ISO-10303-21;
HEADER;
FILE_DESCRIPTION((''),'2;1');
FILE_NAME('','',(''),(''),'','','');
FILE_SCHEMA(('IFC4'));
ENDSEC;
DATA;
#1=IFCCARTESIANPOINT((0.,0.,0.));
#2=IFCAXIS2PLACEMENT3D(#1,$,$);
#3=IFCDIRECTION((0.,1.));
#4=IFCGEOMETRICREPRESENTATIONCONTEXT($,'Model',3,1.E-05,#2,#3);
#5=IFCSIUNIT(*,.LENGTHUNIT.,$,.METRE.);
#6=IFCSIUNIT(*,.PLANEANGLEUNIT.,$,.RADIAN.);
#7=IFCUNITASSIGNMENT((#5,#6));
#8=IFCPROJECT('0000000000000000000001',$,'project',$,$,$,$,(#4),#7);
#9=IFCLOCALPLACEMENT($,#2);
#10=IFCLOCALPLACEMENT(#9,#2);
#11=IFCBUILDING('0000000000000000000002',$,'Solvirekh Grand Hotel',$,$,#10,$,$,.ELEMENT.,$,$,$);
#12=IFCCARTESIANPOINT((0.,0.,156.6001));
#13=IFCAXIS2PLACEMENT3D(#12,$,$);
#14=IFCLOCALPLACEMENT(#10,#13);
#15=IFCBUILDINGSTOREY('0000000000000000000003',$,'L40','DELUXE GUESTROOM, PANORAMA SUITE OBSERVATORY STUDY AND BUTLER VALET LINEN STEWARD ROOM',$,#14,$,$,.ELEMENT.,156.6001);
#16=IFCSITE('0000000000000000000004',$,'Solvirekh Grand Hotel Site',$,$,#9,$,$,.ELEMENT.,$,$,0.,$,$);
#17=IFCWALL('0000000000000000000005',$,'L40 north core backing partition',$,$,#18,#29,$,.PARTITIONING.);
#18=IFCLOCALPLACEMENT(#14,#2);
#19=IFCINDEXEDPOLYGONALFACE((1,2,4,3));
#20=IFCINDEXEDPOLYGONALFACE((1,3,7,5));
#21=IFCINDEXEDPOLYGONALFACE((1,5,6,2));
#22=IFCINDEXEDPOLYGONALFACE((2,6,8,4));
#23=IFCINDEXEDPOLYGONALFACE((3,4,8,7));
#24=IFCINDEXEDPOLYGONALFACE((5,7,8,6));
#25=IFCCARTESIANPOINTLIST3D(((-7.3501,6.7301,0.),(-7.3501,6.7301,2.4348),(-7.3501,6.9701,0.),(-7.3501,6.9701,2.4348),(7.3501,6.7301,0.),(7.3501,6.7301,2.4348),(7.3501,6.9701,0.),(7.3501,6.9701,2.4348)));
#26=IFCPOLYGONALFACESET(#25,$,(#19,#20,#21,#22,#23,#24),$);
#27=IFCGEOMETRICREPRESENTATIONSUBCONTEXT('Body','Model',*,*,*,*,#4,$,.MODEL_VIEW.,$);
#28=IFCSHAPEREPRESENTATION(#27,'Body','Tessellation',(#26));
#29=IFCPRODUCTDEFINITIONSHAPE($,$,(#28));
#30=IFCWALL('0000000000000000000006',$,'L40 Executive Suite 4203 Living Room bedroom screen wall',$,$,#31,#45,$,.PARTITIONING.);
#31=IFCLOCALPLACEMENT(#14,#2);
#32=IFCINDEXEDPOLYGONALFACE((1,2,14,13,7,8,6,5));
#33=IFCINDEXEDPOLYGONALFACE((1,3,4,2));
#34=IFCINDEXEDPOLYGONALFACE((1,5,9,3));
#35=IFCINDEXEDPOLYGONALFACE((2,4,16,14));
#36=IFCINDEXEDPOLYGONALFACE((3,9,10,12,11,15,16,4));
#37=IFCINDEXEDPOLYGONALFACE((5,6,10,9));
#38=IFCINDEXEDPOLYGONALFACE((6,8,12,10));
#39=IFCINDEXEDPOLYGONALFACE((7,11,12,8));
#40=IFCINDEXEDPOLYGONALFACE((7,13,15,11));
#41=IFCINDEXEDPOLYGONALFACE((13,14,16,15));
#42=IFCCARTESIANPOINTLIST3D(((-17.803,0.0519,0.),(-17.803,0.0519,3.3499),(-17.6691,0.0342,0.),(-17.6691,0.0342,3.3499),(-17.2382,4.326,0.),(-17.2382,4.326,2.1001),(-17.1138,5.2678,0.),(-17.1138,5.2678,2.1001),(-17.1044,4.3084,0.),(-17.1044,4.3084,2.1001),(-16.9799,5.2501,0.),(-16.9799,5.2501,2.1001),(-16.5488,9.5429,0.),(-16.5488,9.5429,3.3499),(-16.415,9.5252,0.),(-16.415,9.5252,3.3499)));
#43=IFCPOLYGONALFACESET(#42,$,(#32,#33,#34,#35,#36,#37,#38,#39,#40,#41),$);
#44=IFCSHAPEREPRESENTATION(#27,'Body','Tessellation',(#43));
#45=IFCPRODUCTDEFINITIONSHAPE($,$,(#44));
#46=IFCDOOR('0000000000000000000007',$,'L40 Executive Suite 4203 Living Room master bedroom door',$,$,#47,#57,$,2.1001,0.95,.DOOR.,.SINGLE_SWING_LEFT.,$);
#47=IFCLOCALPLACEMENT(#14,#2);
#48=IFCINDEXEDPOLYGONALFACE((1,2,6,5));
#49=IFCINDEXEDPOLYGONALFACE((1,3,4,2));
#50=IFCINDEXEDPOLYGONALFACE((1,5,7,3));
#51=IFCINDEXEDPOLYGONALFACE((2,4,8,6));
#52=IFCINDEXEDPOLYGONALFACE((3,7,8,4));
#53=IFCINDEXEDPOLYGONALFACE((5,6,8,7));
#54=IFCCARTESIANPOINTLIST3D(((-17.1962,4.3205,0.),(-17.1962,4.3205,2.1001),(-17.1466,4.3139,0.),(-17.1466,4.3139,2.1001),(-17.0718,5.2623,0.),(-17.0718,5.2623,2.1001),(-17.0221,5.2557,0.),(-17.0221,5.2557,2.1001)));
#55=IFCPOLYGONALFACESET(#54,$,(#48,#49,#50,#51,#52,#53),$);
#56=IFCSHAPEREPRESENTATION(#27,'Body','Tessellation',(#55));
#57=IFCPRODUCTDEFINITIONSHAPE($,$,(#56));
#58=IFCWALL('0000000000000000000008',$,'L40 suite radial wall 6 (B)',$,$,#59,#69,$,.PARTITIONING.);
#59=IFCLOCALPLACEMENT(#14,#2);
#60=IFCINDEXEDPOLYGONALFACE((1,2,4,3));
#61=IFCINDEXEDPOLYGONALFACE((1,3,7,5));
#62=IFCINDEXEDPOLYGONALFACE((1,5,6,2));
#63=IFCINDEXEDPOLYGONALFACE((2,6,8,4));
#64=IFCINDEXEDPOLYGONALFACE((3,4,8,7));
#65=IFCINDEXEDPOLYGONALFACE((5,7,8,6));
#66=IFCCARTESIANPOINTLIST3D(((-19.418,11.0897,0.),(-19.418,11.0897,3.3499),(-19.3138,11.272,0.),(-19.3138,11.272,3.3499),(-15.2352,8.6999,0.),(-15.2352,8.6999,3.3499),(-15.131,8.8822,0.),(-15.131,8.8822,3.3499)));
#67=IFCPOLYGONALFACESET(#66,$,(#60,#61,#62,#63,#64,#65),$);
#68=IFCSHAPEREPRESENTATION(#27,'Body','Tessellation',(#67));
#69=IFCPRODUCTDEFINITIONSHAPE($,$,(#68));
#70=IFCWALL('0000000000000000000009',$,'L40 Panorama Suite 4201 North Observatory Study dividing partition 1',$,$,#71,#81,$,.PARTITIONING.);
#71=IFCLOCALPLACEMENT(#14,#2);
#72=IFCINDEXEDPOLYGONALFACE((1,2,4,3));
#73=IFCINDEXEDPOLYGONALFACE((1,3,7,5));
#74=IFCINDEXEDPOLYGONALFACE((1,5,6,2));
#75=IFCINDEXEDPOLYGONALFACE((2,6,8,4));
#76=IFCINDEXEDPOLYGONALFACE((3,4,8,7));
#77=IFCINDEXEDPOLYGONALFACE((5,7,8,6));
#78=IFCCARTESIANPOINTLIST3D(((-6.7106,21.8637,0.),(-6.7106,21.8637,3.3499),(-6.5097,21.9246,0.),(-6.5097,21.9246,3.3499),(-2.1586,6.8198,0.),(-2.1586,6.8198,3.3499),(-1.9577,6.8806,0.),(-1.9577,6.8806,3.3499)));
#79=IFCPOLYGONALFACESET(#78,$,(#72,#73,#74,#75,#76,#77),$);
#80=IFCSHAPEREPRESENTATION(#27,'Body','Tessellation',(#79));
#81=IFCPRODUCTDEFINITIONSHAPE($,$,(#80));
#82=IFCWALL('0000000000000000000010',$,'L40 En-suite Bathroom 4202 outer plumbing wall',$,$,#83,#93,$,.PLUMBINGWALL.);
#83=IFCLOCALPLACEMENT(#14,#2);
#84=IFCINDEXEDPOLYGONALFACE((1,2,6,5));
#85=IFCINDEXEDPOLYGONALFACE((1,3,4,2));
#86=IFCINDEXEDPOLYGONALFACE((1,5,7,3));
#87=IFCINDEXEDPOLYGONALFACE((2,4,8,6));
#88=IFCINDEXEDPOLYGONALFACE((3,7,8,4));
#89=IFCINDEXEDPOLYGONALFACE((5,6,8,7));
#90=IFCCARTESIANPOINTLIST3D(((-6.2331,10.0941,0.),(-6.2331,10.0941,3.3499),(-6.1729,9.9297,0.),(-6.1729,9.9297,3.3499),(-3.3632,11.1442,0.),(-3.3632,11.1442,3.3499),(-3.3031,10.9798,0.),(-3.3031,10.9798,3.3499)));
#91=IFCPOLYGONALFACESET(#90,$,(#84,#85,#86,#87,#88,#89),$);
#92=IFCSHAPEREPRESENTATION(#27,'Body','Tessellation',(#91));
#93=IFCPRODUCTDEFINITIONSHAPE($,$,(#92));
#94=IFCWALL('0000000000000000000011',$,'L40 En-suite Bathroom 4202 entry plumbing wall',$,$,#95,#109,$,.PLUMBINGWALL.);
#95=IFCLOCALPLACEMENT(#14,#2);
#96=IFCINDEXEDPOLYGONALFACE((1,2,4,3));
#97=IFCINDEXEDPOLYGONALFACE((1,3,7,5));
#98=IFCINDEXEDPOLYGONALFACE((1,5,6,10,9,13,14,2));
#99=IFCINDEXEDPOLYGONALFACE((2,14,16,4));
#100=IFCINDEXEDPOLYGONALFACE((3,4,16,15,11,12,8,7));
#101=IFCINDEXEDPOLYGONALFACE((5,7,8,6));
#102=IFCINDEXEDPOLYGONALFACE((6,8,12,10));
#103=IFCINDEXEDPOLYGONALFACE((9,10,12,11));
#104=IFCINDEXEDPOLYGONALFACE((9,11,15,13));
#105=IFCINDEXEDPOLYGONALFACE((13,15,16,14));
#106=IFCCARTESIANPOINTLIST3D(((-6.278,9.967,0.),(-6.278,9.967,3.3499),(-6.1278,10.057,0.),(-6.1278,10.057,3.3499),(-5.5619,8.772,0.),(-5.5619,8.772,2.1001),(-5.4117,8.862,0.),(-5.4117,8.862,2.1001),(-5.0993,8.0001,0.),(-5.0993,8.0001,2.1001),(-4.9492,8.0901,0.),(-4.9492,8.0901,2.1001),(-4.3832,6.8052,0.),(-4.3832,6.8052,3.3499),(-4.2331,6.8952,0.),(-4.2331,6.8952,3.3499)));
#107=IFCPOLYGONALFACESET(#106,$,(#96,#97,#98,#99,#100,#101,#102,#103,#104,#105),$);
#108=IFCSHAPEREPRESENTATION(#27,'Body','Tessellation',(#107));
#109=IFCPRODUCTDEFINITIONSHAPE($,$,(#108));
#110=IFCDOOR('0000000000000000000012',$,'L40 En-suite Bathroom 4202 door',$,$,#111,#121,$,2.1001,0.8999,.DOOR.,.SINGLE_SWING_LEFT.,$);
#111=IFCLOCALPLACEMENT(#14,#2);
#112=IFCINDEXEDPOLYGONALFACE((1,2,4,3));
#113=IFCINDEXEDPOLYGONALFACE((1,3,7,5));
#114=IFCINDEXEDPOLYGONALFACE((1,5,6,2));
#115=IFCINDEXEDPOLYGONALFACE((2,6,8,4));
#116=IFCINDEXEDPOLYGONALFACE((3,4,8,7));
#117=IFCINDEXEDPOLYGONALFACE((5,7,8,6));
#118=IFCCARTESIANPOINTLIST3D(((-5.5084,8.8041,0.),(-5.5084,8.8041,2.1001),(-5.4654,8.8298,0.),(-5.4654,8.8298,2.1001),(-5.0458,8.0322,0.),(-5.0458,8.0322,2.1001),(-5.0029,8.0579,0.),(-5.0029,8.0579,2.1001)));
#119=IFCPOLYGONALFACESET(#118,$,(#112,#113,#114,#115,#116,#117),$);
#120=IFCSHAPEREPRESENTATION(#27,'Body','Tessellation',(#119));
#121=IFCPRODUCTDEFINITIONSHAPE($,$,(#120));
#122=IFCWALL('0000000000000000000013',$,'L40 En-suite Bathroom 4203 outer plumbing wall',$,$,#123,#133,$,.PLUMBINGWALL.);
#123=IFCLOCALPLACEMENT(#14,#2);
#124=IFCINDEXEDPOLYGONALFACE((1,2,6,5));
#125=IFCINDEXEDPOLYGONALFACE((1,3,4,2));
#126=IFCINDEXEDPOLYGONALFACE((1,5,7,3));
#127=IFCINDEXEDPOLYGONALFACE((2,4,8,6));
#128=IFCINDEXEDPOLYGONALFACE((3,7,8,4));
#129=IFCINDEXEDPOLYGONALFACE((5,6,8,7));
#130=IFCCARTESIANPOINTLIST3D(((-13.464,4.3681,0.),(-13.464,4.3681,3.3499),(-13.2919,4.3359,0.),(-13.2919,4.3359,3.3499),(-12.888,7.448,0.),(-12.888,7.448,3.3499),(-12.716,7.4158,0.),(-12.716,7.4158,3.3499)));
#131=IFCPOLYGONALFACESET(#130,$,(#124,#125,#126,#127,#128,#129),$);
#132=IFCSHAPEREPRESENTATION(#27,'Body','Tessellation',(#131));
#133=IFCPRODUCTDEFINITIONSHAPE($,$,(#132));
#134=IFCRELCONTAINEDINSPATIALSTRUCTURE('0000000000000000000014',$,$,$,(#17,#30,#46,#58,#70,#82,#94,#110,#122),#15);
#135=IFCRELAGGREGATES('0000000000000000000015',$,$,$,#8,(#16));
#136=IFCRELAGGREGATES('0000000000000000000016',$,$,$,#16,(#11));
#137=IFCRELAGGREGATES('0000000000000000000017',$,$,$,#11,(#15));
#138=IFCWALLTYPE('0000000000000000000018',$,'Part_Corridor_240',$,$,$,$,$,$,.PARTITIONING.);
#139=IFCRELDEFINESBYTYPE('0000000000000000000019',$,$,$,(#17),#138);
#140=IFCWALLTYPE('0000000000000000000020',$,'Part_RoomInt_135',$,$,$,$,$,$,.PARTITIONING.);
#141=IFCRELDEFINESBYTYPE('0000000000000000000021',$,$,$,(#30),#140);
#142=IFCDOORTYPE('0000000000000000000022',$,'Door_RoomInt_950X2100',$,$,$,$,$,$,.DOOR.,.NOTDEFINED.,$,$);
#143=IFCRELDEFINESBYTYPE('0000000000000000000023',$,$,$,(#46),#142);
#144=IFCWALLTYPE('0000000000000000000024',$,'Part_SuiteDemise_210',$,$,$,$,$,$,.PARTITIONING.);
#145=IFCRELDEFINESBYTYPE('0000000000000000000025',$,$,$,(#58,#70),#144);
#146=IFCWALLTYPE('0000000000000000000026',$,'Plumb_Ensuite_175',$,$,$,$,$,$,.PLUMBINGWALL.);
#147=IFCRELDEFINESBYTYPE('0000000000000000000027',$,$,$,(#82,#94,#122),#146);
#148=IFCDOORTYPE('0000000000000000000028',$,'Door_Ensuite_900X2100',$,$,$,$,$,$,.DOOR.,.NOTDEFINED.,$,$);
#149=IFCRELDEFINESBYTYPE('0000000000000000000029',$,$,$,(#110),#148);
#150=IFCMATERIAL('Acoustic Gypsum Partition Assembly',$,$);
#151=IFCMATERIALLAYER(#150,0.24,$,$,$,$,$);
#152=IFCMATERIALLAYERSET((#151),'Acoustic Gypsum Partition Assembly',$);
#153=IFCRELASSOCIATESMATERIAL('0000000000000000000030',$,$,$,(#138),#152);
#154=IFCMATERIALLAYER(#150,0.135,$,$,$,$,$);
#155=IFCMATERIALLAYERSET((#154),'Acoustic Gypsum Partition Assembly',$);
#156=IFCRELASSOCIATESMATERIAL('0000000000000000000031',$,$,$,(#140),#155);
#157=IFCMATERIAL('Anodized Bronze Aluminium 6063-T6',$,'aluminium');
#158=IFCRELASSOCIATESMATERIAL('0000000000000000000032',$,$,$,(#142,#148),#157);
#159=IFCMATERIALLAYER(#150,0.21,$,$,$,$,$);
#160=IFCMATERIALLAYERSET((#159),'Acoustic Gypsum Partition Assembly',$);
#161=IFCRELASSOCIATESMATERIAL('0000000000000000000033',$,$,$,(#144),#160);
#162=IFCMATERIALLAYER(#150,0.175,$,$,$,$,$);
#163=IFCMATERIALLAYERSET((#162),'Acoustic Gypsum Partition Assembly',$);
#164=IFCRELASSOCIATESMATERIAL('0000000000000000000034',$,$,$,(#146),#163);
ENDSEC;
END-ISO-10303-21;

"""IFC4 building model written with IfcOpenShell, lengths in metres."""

from ifc_helpers import new_model, si_unit, direction, frame, frame_2d, origin, place, context, subcontext, project, spatial, rectangle, extrude, material, layer, layer_set, type_object, element, fill, save


model = new_model("IFC4")

# Units and contexts
model_context = context("Model", 3, precision=1e-05, world=origin(), true_north=direction((0.0, 1.0)))
body_context = subcontext(model_context, "Body", "Model", "MODEL_VIEW")
ifc_project = project(units=[si_unit("LENGTHUNIT", "METRE"), si_unit("PLANEANGLEUNIT", "RADIAN")], contexts=[model_context])

# Site, building, storey
site_placement = place(None, origin())
site = spatial("IfcSite", under=ifc_project, at=site_placement, Name="Solvirekh Grand Hotel Site", CompositionType="ELEMENT", RefElevation=0.0)
building_placement = place(site_placement, origin())
building = spatial("IfcBuilding", under=site, at=building_placement, Name="Solvirekh Grand Hotel", CompositionType="ELEMENT")
storey_placement = place(building_placement, frame((0.0, 0.0, 156.6001)))
storey = spatial("IfcBuildingStorey", under=building, at=storey_placement, Name="L40", Description="DELUXE GUESTROOM, PANORAMA SUITE OBSERVATORY STUDY AND BUTLER VALET LINEN STEWARD ROOM", CompositionType="ELEMENT", Elevation=156.6001)

# Shared definitions
ifc_material_1 = material(Name="Anodized Bronze Aluminium 6063-T6", Category="aluminium")

# Wall
ifc_material_2 = material(Name="Acoustic Gypsum Partition Assembly")
ifc_layer_1 = layer(ifc_material_2, 0.24)
ifc_layer_set_1 = layer_set([ifc_layer_1], Name="Acoustic Gypsum Partition Assembly")
wall_type_1 = type_object("IfcWallType", Name="Part_Corridor_240", PredefinedType="PARTITIONING", material=ifc_layer_set_1)
wall_1_placement = place(storey_placement, frame((-7.3501, 6.8501, 0.0), z_axis=(0.0, 0.0, 1.0), x_axis=(1.0, 0.0, 0.0)))
element("IfcWall", 1, at=wall_1_placement, inside=storey, type_object=wall_type_1, Name="L40 north core backing partition", PredefinedType="PARTITIONING", context=body_context, shape_type="SweptSolid", body=[
    extrude(rectangle(XDim=14.7002, YDim=0.24, at=frame_2d((7.3501, 0.0))), origin(), (0.0, 0.0, 1.0), 2.4348),
])

# Wall, opening, door
ifc_layer_2 = layer(ifc_material_2, 0.135)
ifc_layer_set_2 = layer_set([ifc_layer_2], Name="Acoustic Gypsum Partition Assembly")
wall_type_2 = type_object("IfcWallType", Name="Part_RoomInt_135", PredefinedType="PARTITIONING", material=ifc_layer_set_2)
wall_2_placement = place(storey_placement, frame((-16.4819, 9.5339, 0.0), z_axis=(0.0, 0.0, 1.0), x_axis=(-0.131003, -0.991382, 0.0)))
wall_2 = element("IfcWall", 2, at=wall_2_placement, inside=storey, type_object=wall_type_2, Name="L40 Executive Suite 4203 Living Room bedroom screen wall", PredefinedType="PARTITIONING", context=body_context, shape_type="SweptSolid", body=[
    extrude(rectangle(XDim=9.5735, YDim=0.135, at=frame_2d((4.7866, 0.0))), origin(), (0.0, 0.0, 1.0), 3.3499),
])
opening_1_placement = place(wall_2_placement, frame((4.312, 0.0, 0.0)))
opening_1 = element("IfcOpeningElement", 3, at=opening_1_placement, cuts=wall_2, PredefinedType="OPENING", context=body_context, shape_type="SweptSolid", body=[
    extrude(rectangle(XDim=0.95, YDim=2.1001, at=frame_2d((0.4751, 1.05))), frame((0.0, 0.0776, 0.0), z_axis=(0.0, -1.0, 0.0), x_axis=(1.0, 0.0, 0.0)), (0.0, 0.0, 1.0), 0.155),
])
door_type_1 = type_object("IfcDoorType", Name="Door_RoomInt_950X2100", OperationType="NOTDEFINED", PredefinedType="DOOR", material=ifc_material_1)
door_1_placement = place(opening_1_placement, origin())
door_1 = element("IfcDoor", 4, at=door_1_placement, inside=storey, type_object=door_type_1, Name="L40 Executive Suite 4203 Living Room master bedroom door", OperationType="SINGLE_SWING_LEFT", OverallHeight=2.1001, OverallWidth=0.95, PredefinedType="DOOR", context=body_context, shape_type="SweptSolid", body=[
    extrude(rectangle(XDim=0.95, YDim=2.1001, at=frame_2d((0.4751, 1.05))), frame((0.0, 0.0249, 0.0), z_axis=(0.0, -1.0, 0.0), x_axis=(1.0, 0.0, 0.0)), (0.0, 0.0, 1.0), 0.05),
])
fill(opening_1, door_1)

# Walls
ifc_layer_3 = layer(ifc_material_2, 0.21)
ifc_layer_set_3 = layer_set([ifc_layer_3], Name="Acoustic Gypsum Partition Assembly")
wall_type_3 = type_object("IfcWallType", Name="Part_SuiteDemise_210", PredefinedType="PARTITIONING", material=ifc_layer_set_3)
wall_3_placement = place(storey_placement, frame((-15.1831, 8.791, 0.0), z_axis=(0.0, 0.0, 1.0), x_axis=(-0.868271, 0.49609, 0.0)))
element("IfcWall", 5, at=wall_3_placement, inside=storey, type_object=wall_type_3, Name="L40 suite radial wall 6 (B)", PredefinedType="PARTITIONING", context=body_context, shape_type="SweptSolid", body=[
    extrude(rectangle(XDim=4.8174, YDim=0.21, at=frame_2d((2.4087, 0.0))), origin(), (0.0, 0.0, 1.0), 3.3499),
])
wall_4_placement = place(storey_placement, frame((-2.0581, 6.8501, 0.0), z_axis=(0.0, 0.0, 1.0), x_axis=(-0.289613, 0.957144, 0.0)))
element("IfcWall", 6, at=wall_4_placement, inside=storey, type_object=wall_type_3, Name="L40 Panorama Suite 4201 North Observatory Study dividing partition 1", PredefinedType="PARTITIONING", context=body_context, shape_type="SweptSolid", body=[
    extrude(rectangle(XDim=15.7175, YDim=0.21, at=frame_2d((7.8589, 0.0))), origin(), (0.0, 0.0, 1.0), 3.3499),
])
ifc_layer_4 = layer(ifc_material_2, 0.175)
ifc_layer_set_4 = layer_set([ifc_layer_4], Name="Acoustic Gypsum Partition Assembly")
wall_type_4 = type_object("IfcWallType", Name="Plumb_Ensuite_175", PredefinedType="PLUMBINGWALL", material=ifc_layer_set_4)
wall_5_placement = place(storey_placement, frame((-6.2029, 10.012, 0.0), z_axis=(0.0, 0.0, 1.0), x_axis=(0.939113, 0.343609, 0.0)))
element("IfcWall", 7, at=wall_5_placement, inside=storey, type_object=wall_type_4, Name="L40 En-suite Bathroom 4202 outer plumbing wall", PredefinedType="PLUMBINGWALL", context=body_context, shape_type="SweptSolid", body=[
    extrude(rectangle(XDim=3.0559, YDim=0.175, at=frame_2d((1.5278, 0.0))), origin(), (0.0, 0.0, 1.0), 3.3499),
])

# Wall, opening, door
wall_6_placement = place(storey_placement, frame((-6.2029, 10.012, 0.0), z_axis=(0.0, 0.0, 1.0), x_axis=(0.514028, -0.857773, 0.0)))
wall_6 = element("IfcWall", 8, at=wall_6_placement, inside=storey, type_object=wall_type_4, Name="L40 En-suite Bathroom 4202 entry plumbing wall", PredefinedType="PLUMBINGWALL", context=body_context, shape_type="SweptSolid", body=[
    extrude(rectangle(XDim=3.686, YDim=0.175, at=frame_2d((1.843, 0.0))), origin(), (0.0, 0.0, 1.0), 3.3499),
])
opening_2_placement = place(wall_6_placement, frame((1.3931, 0.0, 0.0)))
opening_2 = element("IfcOpeningElement", 9, at=opening_2_placement, cuts=wall_6, PredefinedType="OPENING", context=body_context, shape_type="SweptSolid", body=[
    extrude(rectangle(XDim=0.8999, YDim=2.1001, at=frame_2d((0.45, 1.05))), frame((0.0, 0.0977, 0.0), z_axis=(0.0, -1.0, 0.0), x_axis=(1.0, 0.0, 0.0)), (0.0, 0.0, 1.0), 0.1951),
])
door_type_2 = type_object("IfcDoorType", Name="Door_Ensuite_900X2100", OperationType="NOTDEFINED", PredefinedType="DOOR", material=ifc_material_1)
door_2_placement = place(opening_2_placement, origin())
door_2 = element("IfcDoor", 10, at=door_2_placement, inside=storey, type_object=door_type_2, Name="L40 En-suite Bathroom 4202 door", OperationType="SINGLE_SWING_LEFT", OverallHeight=2.1001, OverallWidth=0.8999, PredefinedType="DOOR", context=body_context, shape_type="SweptSolid", body=[
    extrude(rectangle(XDim=0.8999, YDim=2.1001, at=frame_2d((0.45, 1.05))), frame((0.0, 0.0249, 0.0), z_axis=(0.0, -1.0, 0.0), x_axis=(1.0, 0.0, 0.0)), (0.0, 0.0, 1.0), 0.05),
])
fill(opening_2, door_2)

# Wall
wall_7_placement = place(storey_placement, frame((-12.802, 7.4319, 0.0), z_axis=(0.0, 0.0, 1.0), x_axis=(-0.183813, -0.982961, 0.0)))
element("IfcWall", 11, at=wall_7_placement, inside=storey, type_object=wall_type_4, Name="L40 En-suite Bathroom 4203 outer plumbing wall", PredefinedType="PLUMBINGWALL", context=body_context, shape_type="SweptSolid", body=[
    extrude(rectangle(XDim=3.1333, YDim=0.175, at=frame_2d((1.5667, 0.0))), origin(), (0.0, 0.0, 1.0), 3.3499),
])

save(model, "model.ifc")
